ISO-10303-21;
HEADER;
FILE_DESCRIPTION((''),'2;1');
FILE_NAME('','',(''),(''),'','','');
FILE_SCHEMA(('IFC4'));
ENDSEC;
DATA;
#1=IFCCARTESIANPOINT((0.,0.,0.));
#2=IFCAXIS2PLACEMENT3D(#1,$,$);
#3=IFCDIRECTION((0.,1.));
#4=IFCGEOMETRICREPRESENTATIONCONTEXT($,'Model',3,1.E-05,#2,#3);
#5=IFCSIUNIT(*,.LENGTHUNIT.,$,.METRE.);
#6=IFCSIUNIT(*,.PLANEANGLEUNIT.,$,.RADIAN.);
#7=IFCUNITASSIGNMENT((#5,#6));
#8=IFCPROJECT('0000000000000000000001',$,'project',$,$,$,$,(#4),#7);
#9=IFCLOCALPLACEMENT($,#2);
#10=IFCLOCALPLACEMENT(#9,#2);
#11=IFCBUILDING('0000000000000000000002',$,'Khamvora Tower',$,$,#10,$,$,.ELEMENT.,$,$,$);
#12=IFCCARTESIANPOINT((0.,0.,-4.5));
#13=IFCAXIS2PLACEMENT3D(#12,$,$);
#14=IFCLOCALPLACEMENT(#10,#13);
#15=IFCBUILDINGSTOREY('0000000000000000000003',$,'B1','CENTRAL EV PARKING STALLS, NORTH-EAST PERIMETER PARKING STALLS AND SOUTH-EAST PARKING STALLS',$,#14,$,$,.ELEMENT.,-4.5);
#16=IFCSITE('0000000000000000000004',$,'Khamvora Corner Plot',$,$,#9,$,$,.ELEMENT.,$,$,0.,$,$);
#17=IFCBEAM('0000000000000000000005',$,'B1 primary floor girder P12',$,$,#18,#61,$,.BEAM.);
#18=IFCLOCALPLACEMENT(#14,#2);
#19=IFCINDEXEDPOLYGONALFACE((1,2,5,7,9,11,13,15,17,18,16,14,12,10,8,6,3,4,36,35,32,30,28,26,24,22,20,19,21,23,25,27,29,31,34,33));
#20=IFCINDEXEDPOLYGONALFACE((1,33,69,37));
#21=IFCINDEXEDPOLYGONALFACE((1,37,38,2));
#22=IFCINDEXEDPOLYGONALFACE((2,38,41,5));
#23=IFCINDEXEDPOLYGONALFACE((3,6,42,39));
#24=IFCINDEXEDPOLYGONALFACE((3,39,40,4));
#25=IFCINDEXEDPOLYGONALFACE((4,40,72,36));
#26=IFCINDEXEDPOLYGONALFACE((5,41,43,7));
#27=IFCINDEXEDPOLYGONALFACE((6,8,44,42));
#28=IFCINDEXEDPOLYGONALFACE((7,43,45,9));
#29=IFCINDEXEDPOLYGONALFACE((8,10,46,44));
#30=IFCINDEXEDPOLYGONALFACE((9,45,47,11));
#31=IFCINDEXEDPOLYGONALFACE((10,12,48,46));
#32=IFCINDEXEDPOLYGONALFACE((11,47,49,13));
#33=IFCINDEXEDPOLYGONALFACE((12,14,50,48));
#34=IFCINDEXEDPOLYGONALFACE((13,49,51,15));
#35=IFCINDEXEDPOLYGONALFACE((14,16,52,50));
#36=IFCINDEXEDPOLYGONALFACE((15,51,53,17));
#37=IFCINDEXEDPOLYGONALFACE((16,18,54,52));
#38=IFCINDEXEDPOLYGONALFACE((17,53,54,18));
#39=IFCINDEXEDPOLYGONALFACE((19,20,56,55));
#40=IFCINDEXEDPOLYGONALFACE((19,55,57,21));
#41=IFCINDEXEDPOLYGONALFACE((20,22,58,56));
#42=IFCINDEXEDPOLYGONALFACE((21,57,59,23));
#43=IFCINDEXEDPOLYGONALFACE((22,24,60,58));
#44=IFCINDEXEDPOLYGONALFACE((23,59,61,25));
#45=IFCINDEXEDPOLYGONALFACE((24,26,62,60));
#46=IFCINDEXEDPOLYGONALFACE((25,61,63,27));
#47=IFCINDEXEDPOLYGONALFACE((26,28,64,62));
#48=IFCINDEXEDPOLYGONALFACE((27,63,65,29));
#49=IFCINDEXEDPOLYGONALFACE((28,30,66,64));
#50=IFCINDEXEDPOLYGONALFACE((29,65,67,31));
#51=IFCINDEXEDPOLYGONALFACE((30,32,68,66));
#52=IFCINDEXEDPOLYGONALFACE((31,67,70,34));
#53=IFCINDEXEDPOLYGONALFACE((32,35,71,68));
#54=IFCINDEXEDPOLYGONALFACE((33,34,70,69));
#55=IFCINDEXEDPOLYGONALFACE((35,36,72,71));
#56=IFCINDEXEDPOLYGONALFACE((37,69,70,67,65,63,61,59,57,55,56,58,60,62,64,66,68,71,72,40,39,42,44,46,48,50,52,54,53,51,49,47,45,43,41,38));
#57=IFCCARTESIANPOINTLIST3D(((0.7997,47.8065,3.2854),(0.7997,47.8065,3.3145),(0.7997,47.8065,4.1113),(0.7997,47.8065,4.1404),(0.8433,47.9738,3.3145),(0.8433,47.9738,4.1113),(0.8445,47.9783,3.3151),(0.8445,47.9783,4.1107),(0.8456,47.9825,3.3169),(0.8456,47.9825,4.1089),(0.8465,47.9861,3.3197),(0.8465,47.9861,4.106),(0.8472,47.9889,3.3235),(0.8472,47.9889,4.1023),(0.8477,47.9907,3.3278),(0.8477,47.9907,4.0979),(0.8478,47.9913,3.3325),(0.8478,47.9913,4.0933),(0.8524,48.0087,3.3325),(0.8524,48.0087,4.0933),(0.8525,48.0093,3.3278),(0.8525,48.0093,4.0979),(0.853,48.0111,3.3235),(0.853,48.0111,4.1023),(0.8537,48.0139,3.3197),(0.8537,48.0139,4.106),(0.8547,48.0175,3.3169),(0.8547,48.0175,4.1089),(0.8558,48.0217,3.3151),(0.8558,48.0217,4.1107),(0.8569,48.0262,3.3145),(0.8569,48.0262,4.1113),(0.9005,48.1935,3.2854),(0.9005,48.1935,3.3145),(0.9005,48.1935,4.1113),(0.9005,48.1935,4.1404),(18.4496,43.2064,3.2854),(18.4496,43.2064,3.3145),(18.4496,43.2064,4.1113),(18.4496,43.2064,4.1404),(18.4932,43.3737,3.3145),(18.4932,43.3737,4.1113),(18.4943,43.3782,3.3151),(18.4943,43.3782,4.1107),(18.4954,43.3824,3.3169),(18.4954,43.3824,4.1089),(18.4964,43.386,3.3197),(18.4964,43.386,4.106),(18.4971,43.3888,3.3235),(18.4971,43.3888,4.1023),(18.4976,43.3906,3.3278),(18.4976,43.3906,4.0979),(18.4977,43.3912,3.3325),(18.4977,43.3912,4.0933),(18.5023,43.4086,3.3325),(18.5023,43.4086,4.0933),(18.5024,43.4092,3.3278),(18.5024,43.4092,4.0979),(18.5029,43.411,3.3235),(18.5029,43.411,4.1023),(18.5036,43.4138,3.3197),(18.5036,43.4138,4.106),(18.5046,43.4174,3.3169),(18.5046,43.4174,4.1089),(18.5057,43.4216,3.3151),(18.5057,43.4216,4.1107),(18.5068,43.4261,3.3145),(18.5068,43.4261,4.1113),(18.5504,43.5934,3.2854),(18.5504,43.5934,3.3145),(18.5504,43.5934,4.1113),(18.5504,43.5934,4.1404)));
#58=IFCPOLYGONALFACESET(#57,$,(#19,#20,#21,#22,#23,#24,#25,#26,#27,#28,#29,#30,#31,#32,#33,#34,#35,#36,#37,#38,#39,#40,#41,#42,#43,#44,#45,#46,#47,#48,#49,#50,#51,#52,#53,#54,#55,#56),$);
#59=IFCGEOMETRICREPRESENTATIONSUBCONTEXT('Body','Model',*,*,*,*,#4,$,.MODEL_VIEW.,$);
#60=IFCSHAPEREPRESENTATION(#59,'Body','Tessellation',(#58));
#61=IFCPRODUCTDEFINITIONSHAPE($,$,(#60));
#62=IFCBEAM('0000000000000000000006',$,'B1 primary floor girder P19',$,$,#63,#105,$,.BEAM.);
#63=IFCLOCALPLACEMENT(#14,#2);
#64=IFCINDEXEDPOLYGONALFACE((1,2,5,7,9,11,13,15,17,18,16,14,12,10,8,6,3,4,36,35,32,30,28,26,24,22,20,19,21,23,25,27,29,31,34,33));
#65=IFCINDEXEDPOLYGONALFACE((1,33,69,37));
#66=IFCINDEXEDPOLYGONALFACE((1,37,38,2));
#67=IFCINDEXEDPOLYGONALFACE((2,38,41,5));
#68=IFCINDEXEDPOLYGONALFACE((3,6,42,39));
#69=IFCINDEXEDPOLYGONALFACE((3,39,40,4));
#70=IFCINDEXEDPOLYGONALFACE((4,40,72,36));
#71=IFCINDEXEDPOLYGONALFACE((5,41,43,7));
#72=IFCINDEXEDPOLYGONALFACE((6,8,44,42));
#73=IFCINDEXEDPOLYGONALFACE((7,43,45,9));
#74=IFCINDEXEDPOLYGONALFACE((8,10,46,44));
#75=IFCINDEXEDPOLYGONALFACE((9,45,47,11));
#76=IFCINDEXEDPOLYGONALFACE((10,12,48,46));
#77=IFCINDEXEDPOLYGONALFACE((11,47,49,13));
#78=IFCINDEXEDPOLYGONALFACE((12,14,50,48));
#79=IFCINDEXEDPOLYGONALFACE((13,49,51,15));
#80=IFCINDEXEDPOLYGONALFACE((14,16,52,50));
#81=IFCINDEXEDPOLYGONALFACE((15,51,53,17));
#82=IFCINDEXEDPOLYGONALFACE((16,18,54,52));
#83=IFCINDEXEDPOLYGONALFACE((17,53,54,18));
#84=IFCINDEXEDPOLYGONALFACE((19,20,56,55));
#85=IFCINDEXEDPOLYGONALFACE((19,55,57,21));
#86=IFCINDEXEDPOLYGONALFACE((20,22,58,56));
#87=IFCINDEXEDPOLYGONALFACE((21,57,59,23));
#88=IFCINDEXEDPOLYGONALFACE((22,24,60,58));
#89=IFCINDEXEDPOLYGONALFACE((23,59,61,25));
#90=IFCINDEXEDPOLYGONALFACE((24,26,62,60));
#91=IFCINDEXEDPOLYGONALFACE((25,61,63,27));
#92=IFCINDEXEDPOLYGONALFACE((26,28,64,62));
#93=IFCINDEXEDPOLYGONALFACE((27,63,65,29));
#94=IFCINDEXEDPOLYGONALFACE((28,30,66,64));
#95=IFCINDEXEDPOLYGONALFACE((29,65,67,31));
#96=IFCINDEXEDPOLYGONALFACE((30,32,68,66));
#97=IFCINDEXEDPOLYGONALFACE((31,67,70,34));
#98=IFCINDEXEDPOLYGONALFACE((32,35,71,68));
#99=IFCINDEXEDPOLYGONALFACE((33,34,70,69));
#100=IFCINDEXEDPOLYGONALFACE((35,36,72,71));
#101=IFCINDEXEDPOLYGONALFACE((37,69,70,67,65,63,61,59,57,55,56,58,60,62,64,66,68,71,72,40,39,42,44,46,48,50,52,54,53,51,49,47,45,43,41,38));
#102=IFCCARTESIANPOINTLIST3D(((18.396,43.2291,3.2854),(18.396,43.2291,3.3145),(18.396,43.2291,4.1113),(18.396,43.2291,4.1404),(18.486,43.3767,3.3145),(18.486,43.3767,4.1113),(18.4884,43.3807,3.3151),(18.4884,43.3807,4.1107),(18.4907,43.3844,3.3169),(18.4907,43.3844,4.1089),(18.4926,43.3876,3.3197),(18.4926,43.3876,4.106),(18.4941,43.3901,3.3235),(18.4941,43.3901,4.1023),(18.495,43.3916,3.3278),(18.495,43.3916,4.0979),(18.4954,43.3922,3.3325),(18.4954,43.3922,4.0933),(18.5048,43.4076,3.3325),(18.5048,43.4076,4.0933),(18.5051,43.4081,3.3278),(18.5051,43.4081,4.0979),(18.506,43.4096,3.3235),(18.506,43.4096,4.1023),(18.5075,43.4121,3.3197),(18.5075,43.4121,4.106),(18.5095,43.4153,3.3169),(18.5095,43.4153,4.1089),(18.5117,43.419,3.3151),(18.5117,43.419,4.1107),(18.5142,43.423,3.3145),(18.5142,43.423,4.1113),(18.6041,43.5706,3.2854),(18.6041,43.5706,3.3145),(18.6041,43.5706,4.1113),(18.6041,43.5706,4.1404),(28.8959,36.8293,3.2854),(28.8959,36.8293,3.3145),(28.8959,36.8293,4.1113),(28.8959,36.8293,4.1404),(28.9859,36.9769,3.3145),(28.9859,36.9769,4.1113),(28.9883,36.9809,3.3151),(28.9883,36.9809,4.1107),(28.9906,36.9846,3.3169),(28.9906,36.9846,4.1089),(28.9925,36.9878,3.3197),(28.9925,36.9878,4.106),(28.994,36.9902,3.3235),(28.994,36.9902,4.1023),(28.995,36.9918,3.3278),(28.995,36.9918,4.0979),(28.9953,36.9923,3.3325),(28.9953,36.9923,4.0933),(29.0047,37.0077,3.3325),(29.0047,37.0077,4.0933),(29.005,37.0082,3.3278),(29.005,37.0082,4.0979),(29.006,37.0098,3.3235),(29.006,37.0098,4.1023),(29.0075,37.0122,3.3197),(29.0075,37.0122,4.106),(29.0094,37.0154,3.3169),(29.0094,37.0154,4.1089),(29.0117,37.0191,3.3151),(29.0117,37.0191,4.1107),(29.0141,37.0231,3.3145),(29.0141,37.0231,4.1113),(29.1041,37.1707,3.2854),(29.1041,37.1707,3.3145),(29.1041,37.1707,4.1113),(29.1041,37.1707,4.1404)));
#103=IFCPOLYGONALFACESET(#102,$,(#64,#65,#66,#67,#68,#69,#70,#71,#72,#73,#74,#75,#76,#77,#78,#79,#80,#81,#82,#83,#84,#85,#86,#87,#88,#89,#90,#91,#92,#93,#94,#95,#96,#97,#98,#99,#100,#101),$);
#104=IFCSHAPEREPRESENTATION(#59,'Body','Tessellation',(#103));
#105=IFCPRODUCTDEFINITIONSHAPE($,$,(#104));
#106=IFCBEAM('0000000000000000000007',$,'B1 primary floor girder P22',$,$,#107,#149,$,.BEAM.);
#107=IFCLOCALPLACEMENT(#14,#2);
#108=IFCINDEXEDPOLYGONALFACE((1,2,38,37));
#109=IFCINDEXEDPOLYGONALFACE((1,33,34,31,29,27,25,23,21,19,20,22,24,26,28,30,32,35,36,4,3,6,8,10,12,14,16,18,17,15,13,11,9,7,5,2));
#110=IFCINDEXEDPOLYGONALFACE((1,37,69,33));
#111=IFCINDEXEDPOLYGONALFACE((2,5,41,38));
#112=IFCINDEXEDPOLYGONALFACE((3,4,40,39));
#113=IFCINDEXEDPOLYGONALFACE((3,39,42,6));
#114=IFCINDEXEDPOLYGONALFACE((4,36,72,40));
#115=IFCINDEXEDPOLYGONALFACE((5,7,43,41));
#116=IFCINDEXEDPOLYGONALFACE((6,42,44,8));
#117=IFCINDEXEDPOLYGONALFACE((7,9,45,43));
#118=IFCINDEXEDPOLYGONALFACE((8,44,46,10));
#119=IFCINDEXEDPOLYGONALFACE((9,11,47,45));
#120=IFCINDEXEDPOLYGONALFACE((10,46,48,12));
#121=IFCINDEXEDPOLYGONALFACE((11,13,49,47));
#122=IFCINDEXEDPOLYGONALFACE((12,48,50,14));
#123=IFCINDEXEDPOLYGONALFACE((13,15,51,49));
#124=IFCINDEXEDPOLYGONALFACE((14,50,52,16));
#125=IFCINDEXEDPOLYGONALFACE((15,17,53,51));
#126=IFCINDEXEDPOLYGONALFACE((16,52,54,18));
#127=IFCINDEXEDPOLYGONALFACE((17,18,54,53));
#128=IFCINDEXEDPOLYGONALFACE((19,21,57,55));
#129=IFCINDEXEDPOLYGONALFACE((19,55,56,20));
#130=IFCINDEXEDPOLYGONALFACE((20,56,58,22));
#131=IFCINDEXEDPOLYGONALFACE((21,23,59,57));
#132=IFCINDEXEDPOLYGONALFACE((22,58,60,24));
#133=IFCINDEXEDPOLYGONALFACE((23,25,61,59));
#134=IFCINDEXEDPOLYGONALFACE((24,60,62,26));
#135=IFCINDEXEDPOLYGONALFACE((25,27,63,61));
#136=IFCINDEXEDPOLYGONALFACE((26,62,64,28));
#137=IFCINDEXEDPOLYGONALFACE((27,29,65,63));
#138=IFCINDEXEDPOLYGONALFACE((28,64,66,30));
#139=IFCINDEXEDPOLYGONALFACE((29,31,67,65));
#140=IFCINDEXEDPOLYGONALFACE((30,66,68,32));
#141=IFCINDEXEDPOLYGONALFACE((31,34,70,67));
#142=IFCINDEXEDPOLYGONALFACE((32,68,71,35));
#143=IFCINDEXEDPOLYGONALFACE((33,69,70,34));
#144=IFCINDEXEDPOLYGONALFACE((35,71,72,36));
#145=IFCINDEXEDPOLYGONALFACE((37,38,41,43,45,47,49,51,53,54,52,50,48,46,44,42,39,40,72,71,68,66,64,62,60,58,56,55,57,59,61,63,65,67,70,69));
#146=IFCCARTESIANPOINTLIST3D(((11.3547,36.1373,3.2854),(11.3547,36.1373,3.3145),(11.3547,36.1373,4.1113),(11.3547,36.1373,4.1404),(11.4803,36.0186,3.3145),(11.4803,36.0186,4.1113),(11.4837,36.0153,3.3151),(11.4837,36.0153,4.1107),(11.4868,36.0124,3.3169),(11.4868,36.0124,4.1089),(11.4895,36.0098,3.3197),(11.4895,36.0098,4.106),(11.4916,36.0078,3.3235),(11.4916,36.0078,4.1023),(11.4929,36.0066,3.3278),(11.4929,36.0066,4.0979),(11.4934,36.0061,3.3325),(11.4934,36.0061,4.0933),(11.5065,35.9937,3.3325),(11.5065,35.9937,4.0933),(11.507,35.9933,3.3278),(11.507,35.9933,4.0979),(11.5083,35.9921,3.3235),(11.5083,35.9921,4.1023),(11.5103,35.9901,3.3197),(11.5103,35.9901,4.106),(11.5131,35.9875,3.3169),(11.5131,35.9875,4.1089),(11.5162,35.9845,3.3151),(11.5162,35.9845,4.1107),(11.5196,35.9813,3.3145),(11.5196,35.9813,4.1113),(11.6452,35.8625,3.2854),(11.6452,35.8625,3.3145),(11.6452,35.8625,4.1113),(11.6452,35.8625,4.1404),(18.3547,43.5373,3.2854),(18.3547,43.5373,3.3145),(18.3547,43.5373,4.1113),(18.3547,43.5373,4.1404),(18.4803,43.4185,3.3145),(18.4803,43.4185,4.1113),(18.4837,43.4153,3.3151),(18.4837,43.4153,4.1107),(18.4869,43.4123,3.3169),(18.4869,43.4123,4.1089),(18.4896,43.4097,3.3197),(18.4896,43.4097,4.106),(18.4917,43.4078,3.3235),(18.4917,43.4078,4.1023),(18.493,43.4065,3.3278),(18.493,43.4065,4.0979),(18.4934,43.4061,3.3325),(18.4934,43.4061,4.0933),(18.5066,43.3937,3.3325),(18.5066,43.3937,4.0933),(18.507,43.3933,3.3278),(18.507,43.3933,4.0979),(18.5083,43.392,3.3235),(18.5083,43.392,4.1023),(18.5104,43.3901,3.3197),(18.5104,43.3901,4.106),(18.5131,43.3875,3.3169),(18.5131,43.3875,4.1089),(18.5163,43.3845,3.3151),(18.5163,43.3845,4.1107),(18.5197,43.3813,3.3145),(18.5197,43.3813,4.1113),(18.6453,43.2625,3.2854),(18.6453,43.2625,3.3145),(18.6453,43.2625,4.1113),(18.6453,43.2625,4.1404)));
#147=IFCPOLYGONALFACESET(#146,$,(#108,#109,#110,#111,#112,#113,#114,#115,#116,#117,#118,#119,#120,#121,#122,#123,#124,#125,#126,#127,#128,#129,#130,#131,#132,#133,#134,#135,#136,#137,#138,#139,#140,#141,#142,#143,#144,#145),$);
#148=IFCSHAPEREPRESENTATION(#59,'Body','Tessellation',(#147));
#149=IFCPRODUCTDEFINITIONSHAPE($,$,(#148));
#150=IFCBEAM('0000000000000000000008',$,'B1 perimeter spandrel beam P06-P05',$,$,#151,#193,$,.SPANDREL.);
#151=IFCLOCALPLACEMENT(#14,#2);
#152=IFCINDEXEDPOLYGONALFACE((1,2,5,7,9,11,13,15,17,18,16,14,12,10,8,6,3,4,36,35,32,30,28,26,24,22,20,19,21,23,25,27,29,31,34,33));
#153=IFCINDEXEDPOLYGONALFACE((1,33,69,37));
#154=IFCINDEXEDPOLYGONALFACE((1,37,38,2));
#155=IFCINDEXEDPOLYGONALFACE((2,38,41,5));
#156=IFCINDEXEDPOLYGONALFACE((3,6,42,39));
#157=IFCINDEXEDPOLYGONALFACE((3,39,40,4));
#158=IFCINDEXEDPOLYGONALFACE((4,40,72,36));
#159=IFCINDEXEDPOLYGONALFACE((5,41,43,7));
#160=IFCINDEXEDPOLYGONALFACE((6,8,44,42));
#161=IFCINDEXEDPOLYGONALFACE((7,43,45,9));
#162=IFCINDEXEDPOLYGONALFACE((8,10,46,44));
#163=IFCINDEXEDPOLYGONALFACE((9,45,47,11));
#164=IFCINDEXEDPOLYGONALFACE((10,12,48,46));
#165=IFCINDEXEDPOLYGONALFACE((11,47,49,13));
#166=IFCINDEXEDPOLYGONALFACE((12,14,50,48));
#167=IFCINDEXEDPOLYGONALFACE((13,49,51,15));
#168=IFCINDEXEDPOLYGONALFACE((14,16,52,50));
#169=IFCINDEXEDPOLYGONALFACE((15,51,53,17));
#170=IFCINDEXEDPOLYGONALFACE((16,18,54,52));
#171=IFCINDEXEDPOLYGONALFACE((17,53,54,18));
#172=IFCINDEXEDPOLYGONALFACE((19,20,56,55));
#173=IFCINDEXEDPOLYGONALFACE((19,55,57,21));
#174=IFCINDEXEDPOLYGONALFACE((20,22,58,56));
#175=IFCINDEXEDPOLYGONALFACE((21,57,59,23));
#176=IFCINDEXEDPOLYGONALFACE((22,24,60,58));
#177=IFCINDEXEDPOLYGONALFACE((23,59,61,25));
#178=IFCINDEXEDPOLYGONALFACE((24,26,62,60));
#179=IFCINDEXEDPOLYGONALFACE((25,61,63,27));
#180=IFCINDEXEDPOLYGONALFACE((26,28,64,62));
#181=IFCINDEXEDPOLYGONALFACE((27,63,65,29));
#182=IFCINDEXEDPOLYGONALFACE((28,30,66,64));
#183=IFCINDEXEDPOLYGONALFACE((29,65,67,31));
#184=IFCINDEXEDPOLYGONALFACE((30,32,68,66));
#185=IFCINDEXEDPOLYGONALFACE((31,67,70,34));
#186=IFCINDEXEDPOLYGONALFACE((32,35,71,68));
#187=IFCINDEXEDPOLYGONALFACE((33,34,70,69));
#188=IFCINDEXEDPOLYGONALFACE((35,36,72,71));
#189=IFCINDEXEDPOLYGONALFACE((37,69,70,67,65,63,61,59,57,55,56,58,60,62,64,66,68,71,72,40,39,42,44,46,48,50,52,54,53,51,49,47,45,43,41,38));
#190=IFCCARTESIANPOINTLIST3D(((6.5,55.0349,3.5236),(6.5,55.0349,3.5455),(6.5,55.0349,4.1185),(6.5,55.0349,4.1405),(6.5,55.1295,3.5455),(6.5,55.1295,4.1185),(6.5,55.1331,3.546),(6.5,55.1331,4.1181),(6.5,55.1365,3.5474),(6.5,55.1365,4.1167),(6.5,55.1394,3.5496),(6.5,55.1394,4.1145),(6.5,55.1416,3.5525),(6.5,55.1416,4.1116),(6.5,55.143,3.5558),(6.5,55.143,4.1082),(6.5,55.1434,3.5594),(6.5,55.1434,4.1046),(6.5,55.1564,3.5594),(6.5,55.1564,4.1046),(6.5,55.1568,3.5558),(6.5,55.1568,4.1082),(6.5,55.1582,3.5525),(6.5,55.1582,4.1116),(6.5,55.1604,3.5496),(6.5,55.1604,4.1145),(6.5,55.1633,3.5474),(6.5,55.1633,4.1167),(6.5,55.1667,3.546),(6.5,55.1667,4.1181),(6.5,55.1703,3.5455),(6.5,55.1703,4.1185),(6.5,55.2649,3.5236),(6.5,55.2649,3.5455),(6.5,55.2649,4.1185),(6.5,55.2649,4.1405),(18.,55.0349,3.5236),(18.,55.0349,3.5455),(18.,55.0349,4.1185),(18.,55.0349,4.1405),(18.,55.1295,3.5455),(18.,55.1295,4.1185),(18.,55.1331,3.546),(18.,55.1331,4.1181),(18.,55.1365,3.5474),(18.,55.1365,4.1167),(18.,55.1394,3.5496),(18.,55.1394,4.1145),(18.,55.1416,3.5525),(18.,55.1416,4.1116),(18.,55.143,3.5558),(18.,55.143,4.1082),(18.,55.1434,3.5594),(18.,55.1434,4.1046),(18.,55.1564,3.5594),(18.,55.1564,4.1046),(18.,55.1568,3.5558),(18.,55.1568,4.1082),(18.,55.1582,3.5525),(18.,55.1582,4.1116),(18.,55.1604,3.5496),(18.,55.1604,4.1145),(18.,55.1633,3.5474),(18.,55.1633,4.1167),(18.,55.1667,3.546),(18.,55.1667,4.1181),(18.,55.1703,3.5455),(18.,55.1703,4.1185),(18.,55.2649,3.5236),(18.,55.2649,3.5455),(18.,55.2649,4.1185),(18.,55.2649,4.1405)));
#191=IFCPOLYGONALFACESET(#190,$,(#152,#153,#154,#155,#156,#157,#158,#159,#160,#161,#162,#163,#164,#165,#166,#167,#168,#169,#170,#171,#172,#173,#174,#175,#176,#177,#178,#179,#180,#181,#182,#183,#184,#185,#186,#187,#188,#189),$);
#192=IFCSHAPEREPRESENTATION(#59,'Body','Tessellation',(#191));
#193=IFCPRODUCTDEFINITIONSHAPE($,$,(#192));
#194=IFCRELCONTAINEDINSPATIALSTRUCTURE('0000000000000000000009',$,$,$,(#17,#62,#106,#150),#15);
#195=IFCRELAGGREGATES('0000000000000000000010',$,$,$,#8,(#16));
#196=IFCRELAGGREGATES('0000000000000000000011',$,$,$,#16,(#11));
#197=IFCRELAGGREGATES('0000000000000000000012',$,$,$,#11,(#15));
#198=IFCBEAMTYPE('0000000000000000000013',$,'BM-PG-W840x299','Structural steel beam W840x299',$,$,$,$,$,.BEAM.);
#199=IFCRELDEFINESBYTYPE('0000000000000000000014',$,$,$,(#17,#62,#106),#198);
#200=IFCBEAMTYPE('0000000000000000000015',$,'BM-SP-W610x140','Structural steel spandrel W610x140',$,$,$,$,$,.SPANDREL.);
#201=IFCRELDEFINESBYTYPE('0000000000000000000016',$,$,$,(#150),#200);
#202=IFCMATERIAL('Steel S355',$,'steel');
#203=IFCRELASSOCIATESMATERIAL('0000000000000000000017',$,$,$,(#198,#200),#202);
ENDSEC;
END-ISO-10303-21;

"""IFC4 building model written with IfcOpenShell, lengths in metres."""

from ifc_helpers import new_model, si_unit, direction, frame, origin, origin_2d, place, context, subcontext, project, spatial, i_section, extrude, material, material_profile, profile_set, type_object, element, save


model = new_model("IFC4")

# Units and contexts
model_context = context("Model", 3, precision=1e-05, world=origin(), true_north=direction((0.0, 1.0)))
body_context = subcontext(model_context, "Body", "Model", "MODEL_VIEW")
ifc_project = project(units=[si_unit("LENGTHUNIT", "METRE"), si_unit("PLANEANGLEUNIT", "RADIAN")], contexts=[model_context])

# Site, building, storey
site_placement = place(None, origin())
site = spatial("IfcSite", under=ifc_project, at=site_placement, Name="Khamvora Corner Plot", CompositionType="ELEMENT", RefElevation=0.0)
building_placement = place(site_placement, origin())
building = spatial("IfcBuilding", under=site, at=building_placement, Name="Khamvora Tower", CompositionType="ELEMENT")
storey_placement = place(building_placement, frame((0.0, 0.0, -4.5)))
storey = spatial("IfcBuildingStorey", under=building, at=storey_placement, Name="B1", Description="CENTRAL EV PARKING STALLS, NORTH-EAST PERIMETER PARKING STALLS AND SOUTH-EAST PARKING STALLS", CompositionType="ELEMENT", Elevation=-4.5)

# Beams
ifc_material_1 = material(Name="Steel S355", Category="steel")
ifc_material_profile_1 = material_profile(ifc_material_1, i_section(OverallWidth=0.3999, OverallDepth=0.855, WebThickness=0.0181, FlangeThickness=0.0291, FilletRadius=0.0181, at=origin_2d()), Name="W840x299")
ifc_profile_set_1 = profile_set([ifc_material_profile_1], Name="Steel S355")
beam_type_1 = type_object("IfcBeamType", Name="BM-PG-W840x299", Description="Structural steel beam W840x299", PredefinedType="BEAM", material=ifc_profile_set_1)
beam_1_placement = place(storey_placement, frame((18.5, 43.3999, 3.7129), z_axis=(-0.967674, 0.252205, 0.0), x_axis=(-0.252205, -0.967674, 0.0)))
element("IfcBeam", 1, at=beam_1_placement, inside=storey, type_object=beam_type_1, Name="B1 primary floor girder P12", PredefinedType="BEAM", context=body_context, shape_type="SweptSolid", body=[
    extrude(i_section(OverallWidth=0.3999, OverallDepth=0.855, WebThickness=0.0181, FlangeThickness=0.0291, FilletRadius=0.0181, at=origin_2d()), origin(), (0.0, 0.0, 1.0), 18.2395),
])
beam_2_placement = place(storey_placement, frame((29.0, 37.0, 3.7129), z_axis=(-0.853888, 0.520457, 0.0), x_axis=(-0.520457, -0.853888, 0.0)))
element("IfcBeam", 2, at=beam_2_placement, inside=storey, type_object=beam_type_1, Name="B1 primary floor girder P19", PredefinedType="BEAM", context=body_context, shape_type="SweptSolid", body=[
    extrude(i_section(OverallWidth=0.3999, OverallDepth=0.855, WebThickness=0.0181, FlangeThickness=0.0291, FilletRadius=0.0181, at=origin_2d()), origin(), (0.0, 0.0, 1.0), 12.2966),
])
beam_3_placement = place(storey_placement, frame((18.5, 43.3999, 3.7129), z_axis=(-0.687205, -0.726464, 0.0), x_axis=(0.726464, -0.687205, 0.0)))
element("IfcBeam", 3, at=beam_3_placement, inside=storey, type_object=beam_type_1, Name="B1 primary floor girder P22", PredefinedType="BEAM", context=body_context, shape_type="SweptSolid", body=[
    extrude(i_section(OverallWidth=0.3999, OverallDepth=0.855, WebThickness=0.0181, FlangeThickness=0.0291, FilletRadius=0.0181, at=origin_2d()), origin(), (0.0, 0.0, 1.0), 10.1863),
])
ifc_material_profile_2 = material_profile(ifc_material_1, i_section(OverallWidth=0.23, OverallDepth=0.6169, WebThickness=0.0129, FlangeThickness=0.022, FilletRadius=0.0139, at=origin_2d()), Name="W610x140")
ifc_profile_set_2 = profile_set([ifc_material_profile_2], Name="Steel S355")
beam_type_2 = type_object("IfcBeamType", Name="BM-SP-W610x140", Description="Structural steel spandrel W610x140", PredefinedType="SPANDREL", material=ifc_profile_set_2)
beam_4_placement = place(storey_placement, frame((18.0, 55.1499, 3.832), z_axis=(-1.0, 0.0, 0.0), x_axis=(0.0, -1.0, 0.0)))
element("IfcBeam", 4, at=beam_4_placement, inside=storey, type_object=beam_type_2, Name="B1 perimeter spandrel beam P06-P05", PredefinedType="SPANDREL", context=body_context, shape_type="SweptSolid", body=[
    extrude(i_section(OverallWidth=0.23, OverallDepth=0.6169, WebThickness=0.0129, FlangeThickness=0.022, FilletRadius=0.0139, at=origin_2d()), origin(), (0.0, 0.0, 1.0), 11.5),
])

save(model, "model.ifc")
